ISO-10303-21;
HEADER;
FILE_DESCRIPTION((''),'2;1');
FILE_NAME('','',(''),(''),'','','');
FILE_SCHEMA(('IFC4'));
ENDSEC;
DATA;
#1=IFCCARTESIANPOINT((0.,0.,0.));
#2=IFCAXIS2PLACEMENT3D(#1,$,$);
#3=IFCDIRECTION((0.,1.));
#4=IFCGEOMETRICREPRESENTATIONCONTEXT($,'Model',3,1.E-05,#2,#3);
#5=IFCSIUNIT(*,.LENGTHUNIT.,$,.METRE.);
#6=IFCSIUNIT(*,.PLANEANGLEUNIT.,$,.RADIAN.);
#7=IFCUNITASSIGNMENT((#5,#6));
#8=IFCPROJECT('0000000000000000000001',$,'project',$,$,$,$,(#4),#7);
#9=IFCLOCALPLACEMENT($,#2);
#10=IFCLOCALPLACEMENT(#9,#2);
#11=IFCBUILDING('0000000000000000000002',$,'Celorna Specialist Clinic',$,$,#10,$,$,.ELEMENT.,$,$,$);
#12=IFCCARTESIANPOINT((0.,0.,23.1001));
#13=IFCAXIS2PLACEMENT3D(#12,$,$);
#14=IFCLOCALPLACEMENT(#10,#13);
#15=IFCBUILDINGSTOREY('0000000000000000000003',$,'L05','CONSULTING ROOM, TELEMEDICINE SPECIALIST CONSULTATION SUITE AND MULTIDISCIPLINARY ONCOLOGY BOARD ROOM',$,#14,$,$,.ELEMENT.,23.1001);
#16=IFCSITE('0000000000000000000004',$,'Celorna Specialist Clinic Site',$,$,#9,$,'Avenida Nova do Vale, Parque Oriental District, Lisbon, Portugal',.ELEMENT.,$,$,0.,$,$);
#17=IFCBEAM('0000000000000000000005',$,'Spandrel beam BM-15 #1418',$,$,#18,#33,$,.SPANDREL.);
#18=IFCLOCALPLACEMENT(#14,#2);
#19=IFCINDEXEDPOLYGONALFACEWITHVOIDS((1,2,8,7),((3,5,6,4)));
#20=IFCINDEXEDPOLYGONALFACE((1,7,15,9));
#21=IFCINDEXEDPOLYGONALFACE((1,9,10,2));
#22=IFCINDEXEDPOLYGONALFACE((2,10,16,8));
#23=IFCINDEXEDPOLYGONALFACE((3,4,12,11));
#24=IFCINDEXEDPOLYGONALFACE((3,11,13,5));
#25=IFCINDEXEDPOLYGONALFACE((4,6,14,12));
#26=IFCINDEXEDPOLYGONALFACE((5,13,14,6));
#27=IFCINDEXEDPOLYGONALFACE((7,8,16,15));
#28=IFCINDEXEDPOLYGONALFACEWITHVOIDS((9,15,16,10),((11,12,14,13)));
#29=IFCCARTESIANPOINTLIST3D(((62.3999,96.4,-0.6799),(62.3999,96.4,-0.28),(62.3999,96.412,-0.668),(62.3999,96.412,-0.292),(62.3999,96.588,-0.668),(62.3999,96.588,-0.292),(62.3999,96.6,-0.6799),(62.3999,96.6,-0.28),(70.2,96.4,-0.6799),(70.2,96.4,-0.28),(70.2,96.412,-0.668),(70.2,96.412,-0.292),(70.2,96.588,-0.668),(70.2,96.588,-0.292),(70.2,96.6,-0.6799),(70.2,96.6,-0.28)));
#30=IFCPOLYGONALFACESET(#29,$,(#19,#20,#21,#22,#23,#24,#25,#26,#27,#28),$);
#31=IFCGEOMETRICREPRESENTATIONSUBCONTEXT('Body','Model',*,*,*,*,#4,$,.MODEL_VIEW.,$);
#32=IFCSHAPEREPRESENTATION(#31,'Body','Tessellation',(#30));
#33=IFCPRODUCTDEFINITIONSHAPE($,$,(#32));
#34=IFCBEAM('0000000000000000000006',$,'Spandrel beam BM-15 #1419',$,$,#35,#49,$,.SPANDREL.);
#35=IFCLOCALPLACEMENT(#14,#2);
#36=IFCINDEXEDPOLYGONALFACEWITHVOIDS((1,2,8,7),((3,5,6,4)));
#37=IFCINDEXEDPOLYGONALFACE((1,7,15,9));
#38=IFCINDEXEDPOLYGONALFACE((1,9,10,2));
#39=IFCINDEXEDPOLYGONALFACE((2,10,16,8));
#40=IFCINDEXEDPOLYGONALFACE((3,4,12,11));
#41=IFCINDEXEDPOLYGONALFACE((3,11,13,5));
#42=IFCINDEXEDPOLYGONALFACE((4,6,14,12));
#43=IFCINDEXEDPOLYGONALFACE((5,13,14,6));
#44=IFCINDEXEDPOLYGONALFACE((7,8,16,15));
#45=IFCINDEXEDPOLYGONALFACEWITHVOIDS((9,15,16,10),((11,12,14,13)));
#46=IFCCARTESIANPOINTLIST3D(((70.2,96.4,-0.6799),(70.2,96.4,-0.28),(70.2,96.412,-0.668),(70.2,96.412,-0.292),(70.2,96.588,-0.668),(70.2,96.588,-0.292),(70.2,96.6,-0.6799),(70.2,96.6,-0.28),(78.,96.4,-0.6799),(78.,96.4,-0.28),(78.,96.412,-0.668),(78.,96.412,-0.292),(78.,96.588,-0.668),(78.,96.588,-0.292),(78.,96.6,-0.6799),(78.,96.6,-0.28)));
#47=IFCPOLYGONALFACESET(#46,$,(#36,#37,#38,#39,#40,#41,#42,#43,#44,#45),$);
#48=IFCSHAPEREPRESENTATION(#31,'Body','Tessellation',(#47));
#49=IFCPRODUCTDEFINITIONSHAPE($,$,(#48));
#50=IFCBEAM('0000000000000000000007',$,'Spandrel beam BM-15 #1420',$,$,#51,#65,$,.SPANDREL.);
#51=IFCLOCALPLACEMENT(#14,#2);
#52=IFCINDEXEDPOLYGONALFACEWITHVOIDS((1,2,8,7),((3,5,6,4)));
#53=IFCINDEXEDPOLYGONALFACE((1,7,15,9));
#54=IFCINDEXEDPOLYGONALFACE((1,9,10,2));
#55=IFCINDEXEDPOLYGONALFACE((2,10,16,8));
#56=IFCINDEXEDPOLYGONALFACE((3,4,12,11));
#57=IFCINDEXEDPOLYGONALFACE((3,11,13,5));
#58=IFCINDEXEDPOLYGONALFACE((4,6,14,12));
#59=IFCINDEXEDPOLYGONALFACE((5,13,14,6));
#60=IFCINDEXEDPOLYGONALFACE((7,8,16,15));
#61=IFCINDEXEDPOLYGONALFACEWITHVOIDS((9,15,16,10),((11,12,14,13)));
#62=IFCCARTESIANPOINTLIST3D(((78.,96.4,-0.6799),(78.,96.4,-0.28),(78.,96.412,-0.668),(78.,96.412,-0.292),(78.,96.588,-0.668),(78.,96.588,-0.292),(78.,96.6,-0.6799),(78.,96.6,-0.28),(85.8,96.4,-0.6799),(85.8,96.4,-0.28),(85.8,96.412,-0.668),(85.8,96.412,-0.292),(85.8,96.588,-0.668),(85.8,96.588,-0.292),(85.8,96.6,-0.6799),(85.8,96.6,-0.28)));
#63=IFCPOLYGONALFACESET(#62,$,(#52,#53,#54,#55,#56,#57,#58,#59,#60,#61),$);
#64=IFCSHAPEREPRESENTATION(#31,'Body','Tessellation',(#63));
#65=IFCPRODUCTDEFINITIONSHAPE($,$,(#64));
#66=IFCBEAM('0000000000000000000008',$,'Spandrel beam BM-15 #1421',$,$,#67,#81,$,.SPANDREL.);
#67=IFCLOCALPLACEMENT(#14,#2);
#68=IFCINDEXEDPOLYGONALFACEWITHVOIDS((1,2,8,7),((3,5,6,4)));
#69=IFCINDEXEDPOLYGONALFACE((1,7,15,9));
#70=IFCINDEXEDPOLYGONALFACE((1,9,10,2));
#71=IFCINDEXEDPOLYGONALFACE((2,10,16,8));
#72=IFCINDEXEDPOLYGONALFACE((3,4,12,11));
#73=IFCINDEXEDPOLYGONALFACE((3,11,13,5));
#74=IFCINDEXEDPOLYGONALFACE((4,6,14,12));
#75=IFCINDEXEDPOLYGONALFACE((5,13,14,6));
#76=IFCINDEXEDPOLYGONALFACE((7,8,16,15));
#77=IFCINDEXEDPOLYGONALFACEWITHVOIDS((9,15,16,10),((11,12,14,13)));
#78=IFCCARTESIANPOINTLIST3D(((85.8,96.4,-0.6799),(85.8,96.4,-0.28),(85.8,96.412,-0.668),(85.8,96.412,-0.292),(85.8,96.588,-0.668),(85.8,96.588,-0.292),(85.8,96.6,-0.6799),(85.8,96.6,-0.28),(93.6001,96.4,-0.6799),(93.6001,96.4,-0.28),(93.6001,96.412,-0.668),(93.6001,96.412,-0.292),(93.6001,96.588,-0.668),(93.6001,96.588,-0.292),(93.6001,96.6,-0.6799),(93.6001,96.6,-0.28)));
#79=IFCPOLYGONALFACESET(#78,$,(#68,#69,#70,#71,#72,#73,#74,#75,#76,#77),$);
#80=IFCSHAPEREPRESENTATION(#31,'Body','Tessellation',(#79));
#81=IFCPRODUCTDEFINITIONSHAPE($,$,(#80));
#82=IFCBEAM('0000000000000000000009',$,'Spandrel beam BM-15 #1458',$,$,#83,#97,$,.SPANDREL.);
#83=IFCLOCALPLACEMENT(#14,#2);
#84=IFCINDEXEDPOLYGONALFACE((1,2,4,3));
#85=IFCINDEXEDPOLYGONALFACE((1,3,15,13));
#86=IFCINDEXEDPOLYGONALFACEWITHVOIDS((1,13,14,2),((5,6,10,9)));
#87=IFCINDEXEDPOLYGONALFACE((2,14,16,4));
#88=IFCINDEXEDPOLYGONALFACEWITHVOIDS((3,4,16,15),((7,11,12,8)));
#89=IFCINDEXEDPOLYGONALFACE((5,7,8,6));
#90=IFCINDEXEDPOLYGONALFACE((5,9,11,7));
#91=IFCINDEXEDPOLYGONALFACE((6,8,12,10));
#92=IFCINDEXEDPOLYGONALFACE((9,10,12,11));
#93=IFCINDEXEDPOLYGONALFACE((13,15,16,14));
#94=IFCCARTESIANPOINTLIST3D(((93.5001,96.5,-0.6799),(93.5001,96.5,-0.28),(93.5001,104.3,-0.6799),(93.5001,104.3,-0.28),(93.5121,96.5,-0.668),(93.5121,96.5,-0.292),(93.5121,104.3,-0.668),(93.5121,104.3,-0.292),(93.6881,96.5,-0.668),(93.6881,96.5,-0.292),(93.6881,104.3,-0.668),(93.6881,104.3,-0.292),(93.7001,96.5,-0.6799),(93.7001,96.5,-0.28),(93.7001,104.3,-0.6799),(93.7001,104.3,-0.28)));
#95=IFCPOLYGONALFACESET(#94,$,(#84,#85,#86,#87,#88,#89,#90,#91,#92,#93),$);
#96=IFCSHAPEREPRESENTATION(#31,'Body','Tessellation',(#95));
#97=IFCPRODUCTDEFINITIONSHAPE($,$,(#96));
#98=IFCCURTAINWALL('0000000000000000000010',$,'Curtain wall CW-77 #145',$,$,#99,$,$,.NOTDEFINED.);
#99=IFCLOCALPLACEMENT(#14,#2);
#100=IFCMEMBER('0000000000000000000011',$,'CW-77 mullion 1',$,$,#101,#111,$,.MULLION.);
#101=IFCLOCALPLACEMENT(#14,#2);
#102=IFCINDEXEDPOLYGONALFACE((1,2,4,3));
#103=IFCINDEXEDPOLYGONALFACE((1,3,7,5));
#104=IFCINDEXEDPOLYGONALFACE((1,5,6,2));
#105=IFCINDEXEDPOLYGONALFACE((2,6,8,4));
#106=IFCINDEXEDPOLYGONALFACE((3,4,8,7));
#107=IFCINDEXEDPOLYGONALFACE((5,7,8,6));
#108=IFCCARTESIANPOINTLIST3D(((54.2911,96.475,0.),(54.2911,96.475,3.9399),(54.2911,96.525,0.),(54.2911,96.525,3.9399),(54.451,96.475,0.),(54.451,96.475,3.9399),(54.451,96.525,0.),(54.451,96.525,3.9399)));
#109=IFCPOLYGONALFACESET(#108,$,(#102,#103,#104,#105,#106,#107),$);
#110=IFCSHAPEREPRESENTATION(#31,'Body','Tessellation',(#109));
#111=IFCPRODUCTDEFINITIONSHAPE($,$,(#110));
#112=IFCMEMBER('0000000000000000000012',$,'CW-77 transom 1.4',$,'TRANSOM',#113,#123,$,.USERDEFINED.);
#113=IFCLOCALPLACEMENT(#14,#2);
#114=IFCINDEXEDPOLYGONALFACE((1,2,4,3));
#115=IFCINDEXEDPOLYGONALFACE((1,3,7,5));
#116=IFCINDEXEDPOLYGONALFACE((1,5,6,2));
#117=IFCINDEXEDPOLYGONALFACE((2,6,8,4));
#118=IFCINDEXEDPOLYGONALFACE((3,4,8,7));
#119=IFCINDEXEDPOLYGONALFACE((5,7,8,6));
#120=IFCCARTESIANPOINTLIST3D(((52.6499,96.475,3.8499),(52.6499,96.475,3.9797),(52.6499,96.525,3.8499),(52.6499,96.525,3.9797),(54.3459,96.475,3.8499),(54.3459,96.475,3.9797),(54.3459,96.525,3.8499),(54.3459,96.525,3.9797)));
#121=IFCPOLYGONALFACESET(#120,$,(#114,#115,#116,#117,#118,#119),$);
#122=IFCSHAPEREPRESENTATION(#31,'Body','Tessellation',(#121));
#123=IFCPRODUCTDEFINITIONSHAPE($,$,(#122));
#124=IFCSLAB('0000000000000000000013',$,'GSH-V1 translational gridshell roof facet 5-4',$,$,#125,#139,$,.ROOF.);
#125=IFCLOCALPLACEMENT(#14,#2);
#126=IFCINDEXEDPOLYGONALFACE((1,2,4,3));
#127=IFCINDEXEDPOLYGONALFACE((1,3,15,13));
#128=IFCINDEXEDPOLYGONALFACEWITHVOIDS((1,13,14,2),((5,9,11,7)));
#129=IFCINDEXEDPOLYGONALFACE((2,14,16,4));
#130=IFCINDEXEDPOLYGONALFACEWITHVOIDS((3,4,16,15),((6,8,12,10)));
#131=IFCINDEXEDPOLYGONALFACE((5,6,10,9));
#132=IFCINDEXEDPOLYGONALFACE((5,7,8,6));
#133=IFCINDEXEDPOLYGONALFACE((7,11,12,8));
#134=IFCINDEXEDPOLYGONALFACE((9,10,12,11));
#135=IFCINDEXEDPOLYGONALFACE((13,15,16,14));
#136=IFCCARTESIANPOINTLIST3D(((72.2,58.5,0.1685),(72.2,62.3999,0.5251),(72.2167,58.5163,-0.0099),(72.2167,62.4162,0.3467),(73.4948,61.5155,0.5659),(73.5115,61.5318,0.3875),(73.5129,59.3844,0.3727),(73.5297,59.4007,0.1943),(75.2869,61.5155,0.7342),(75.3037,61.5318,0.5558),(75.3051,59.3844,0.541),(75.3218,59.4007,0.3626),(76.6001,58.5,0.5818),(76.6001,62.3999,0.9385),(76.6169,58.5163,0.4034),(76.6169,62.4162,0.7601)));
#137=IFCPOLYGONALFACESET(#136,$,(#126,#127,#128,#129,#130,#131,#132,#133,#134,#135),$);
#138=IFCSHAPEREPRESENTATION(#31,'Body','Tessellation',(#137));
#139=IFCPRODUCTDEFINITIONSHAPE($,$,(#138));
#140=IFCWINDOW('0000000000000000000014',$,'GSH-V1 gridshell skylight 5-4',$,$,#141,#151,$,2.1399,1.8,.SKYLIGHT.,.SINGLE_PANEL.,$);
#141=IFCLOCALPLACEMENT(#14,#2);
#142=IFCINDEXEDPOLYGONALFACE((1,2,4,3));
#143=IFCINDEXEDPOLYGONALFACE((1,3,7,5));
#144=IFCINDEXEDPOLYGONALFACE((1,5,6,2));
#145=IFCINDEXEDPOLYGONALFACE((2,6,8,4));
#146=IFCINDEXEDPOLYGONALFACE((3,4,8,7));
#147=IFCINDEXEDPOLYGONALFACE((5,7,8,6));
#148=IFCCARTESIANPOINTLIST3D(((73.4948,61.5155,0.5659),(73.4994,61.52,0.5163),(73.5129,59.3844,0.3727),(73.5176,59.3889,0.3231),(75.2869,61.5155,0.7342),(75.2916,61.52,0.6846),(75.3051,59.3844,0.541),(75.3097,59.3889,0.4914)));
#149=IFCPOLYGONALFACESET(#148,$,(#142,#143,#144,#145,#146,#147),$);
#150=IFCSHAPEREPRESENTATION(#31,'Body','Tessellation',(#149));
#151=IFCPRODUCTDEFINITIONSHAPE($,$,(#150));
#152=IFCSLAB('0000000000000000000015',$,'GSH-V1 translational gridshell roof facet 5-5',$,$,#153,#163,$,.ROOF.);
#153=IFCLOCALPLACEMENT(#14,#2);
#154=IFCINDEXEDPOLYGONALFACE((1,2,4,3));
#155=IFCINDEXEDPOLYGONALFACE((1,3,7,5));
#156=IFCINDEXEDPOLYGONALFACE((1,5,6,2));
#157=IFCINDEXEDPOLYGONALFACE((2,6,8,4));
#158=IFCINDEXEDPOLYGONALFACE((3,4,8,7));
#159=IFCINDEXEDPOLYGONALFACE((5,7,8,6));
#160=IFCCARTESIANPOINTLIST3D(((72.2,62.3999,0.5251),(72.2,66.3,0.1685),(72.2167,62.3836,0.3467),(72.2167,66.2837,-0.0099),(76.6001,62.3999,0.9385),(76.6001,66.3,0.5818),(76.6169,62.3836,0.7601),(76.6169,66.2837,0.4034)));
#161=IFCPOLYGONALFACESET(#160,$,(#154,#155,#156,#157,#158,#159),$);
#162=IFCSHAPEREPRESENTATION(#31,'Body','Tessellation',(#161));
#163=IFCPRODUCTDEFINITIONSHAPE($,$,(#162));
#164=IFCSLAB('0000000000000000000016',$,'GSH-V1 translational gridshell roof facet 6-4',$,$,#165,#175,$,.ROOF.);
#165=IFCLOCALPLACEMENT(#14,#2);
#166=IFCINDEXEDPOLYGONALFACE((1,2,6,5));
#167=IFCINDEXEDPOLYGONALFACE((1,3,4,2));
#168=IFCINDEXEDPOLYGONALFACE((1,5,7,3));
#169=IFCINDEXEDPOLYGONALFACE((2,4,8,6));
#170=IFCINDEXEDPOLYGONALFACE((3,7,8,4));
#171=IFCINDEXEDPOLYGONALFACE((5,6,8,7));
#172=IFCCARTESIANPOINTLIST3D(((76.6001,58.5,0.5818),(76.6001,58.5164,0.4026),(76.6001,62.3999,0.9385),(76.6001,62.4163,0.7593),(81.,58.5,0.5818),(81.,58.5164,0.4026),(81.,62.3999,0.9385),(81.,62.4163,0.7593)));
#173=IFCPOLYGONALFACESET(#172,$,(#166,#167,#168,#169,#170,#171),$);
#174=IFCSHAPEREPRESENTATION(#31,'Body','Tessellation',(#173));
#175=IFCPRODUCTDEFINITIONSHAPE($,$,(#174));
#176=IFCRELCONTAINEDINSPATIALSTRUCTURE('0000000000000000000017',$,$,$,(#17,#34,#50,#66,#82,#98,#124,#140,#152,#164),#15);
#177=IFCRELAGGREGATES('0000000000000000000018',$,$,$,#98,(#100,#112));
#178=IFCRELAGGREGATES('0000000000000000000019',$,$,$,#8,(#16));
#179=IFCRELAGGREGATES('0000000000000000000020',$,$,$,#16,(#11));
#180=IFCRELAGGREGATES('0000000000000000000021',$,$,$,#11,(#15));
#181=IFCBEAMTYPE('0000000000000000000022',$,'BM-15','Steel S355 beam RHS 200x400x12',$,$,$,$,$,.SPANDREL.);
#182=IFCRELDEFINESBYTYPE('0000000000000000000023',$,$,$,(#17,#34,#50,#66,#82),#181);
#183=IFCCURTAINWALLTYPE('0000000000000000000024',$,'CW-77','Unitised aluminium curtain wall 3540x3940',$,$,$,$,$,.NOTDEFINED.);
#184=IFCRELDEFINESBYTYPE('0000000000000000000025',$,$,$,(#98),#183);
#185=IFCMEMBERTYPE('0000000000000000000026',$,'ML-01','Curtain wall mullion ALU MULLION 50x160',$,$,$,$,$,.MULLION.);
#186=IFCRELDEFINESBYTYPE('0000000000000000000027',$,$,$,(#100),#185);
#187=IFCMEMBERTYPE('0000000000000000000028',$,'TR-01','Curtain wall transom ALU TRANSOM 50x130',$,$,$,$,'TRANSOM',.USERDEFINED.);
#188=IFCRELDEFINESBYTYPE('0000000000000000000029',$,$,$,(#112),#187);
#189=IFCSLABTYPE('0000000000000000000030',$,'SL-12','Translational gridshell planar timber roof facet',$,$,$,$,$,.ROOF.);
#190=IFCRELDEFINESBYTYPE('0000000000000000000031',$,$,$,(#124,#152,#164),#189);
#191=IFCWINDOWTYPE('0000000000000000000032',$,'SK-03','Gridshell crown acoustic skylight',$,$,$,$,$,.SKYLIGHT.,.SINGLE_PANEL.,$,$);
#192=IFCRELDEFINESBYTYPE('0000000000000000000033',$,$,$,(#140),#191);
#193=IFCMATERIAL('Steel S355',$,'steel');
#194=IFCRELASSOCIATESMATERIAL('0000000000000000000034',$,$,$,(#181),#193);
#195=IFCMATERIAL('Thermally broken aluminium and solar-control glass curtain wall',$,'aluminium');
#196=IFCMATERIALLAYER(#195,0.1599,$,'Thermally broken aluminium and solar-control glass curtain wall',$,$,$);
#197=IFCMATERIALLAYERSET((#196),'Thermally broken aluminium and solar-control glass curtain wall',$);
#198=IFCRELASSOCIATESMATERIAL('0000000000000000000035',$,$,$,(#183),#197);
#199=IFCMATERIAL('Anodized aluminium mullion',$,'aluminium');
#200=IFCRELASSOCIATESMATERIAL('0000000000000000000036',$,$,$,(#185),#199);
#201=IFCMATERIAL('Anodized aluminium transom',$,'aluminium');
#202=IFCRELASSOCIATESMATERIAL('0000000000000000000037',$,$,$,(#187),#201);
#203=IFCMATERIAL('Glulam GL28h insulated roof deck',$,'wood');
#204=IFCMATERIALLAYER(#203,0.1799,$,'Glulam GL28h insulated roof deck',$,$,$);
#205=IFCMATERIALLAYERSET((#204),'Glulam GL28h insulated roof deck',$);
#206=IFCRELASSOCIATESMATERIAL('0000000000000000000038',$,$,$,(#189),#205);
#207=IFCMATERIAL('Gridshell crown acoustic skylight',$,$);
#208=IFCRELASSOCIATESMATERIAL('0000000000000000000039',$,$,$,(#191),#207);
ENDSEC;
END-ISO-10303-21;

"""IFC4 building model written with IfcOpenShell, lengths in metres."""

from ifc_helpers import new_model, si_unit, direction, frame, origin, origin_2d, place, context, subcontext, project, spatial, polyline, rectangle, hollow_rectangle, outline, extrude, material, layer, layer_set, material_profile, profile_set, type_object, element, fill, aggregate, save


model = new_model("IFC4")

# Units and contexts
model_context = context("Model", 3, precision=1e-05, world=origin(), true_north=direction((0.0, 1.0)))
body_context = subcontext(model_context, "Body", "Model", "MODEL_VIEW")
ifc_project = project(units=[si_unit("LENGTHUNIT", "METRE"), si_unit("PLANEANGLEUNIT", "RADIAN")], contexts=[model_context])

# Site, building, storey
site_placement = place(None, origin())
site = spatial("IfcSite", under=ifc_project, at=site_placement, Name="Celorna Specialist Clinic Site", LongName="Avenida Nova do Vale, Parque Oriental District, Lisbon, Portugal", CompositionType="ELEMENT", RefElevation=0.0)
building_placement = place(site_placement, origin())
building = spatial("IfcBuilding", under=site, at=building_placement, Name="Celorna Specialist Clinic", CompositionType="ELEMENT")
storey_placement = place(building_placement, frame((0.0, 0.0, 23.1001)))
storey = spatial("IfcBuildingStorey", under=building, at=storey_placement, Name="L05", Description="CONSULTING ROOM, TELEMEDICINE SPECIALIST CONSULTATION SUITE AND MULTIDISCIPLINARY ONCOLOGY BOARD ROOM", CompositionType="ELEMENT", Elevation=23.1001)

# Beams
ifc_material_1 = material(Name="Steel S355", Category="steel")
ifc_material_profile_1 = material_profile(ifc_material_1, hollow_rectangle(XDim=0.2, YDim=0.3999, WallThickness=0.012, at=origin_2d()), Name="RHS 200x400x12")
ifc_profile_set_1 = profile_set([ifc_material_profile_1], Name="Steel S355")
beam_type_1 = type_object("IfcBeamType", Name="BM-15", Description="Steel S355 beam RHS 200x400x12", PredefinedType="SPANDREL", material=ifc_profile_set_1)
for number, where, z_axis, x_axis, name in (
    (1, (62.3999, 96.5, -0.48), (1.0, 0.0, 0.0), (0.0, 1.0, 0.0), "Spandrel beam BM-15 #1418"),
    (2, (70.2, 96.5, -0.48), (1.0, 0.0, 0.0), (0.0, 1.0, 0.0), "Spandrel beam BM-15 #1419"),
    (3, (78.0, 96.5, -0.48), (1.0, 0.0, 0.0), (0.0, 1.0, 0.0), "Spandrel beam BM-15 #1420"),
    (4, (85.8, 96.5, -0.48), (1.0, 0.0, 0.0), (0.0, 1.0, 0.0), "Spandrel beam BM-15 #1421"),
    (5, (93.6001, 96.5, -0.48), (0.0, 1.0, 0.0), (-1.0, 0.0, 0.0), "Spandrel beam BM-15 #1458"),
):
    element("IfcBeam", number, at=place(storey_placement, frame(where, z_axis=z_axis, x_axis=x_axis)), inside=storey, type_object=beam_type_1, Name=name, PredefinedType="SPANDREL", context=body_context, shape_type="SweptSolid", body=[
        extrude(hollow_rectangle(XDim=0.2, YDim=0.3999, WallThickness=0.012, at=origin_2d()), origin(), (0.0, 0.0, 1.0), 7.8),
    ])

# Curtain wall, members
ifc_material_2 = material(Name="Thermally broken aluminium and solar-control glass curtain wall", Category="aluminium")
ifc_layer_1 = layer(ifc_material_2, 0.1599, Name="Thermally broken aluminium and solar-control glass curtain wall")
ifc_layer_set_1 = layer_set([ifc_layer_1], Name="Thermally broken aluminium and solar-control glass curtain wall")
curtain_wall_type = type_object("IfcCurtainWallType", Name="CW-77", Description="Unitised aluminium curtain wall 3540x3940", PredefinedType="NOTDEFINED", material=ifc_layer_set_1)
curtain_wall_placement = place(storey_placement, origin())
curtain_wall = element("IfcCurtainWall", 6, at=curtain_wall_placement, inside=storey, type_object=curtain_wall_type, Name="Curtain wall CW-77 #145", PredefinedType="NOTDEFINED")
ifc_material_3 = material(Name="Anodized aluminium mullion", Category="aluminium")
ifc_material_profile_2 = material_profile(ifc_material_3, rectangle(XDim=0.05, YDim=0.1599, at=origin_2d()), Name="ALU MULLION 50x160")
ifc_profile_set_2 = profile_set([ifc_material_profile_2], Name="Anodized aluminium mullion")
member_type_1 = type_object("IfcMemberType", Name="ML-01", Description="Curtain wall mullion ALU MULLION 50x160", PredefinedType="MULLION", material=ifc_profile_set_2)
member_1_placement = place(storey_placement, frame((54.3711, 96.5, 0.0), z_axis=(0.0, 0.0, 1.0), x_axis=(0.0, -1.0, 0.0)))
member_1 = element("IfcMember", 7, at=member_1_placement, type_object=member_type_1, Name="CW-77 mullion 1", PredefinedType="MULLION", context=body_context, shape_type="SweptSolid", body=[
    extrude(rectangle(XDim=0.05, YDim=0.1599, at=origin_2d()), origin(), (0.0, 0.0, 1.0), 3.9399),
])
ifc_material_4 = material(Name="Anodized aluminium transom", Category="aluminium")
ifc_material_profile_3 = material_profile(ifc_material_4, rectangle(XDim=0.05, YDim=0.1299, at=origin_2d()), Name="ALU TRANSOM 50x130")
ifc_profile_set_3 = profile_set([ifc_material_profile_3], Name="Anodized aluminium transom")
member_type_2 = type_object("IfcMemberType", Name="TR-01", Description="Curtain wall transom ALU TRANSOM 50x130", ElementType="TRANSOM", PredefinedType="USERDEFINED", material=ifc_profile_set_3)
member_2_placement = place(storey_placement, frame((54.3459, 96.5, 3.9148), z_axis=(-1.0, 0.0, 0.0), x_axis=(0.0, -1.0, 0.0)))
member_2 = element("IfcMember", 8, at=member_2_placement, type_object=member_type_2, Name="CW-77 transom 1.4", ObjectType="TRANSOM", PredefinedType="USERDEFINED", context=body_context, shape_type="SweptSolid", body=[
    extrude(rectangle(XDim=0.05, YDim=0.1299, at=origin_2d()), origin(), (0.0, 0.0, 1.0), 1.696),
])
aggregate(curtain_wall, [member_1, member_2])

# Slab, opening, window
ifc_material_5 = material(Name="Glulam GL28h insulated roof deck", Category="wood")
ifc_layer_2 = layer(ifc_material_5, 0.1799, Name="Glulam GL28h insulated roof deck")
ifc_layer_set_2 = layer_set([ifc_layer_2], Name="Glulam GL28h insulated roof deck")
slab_type = type_object("IfcSlabType", Name="SL-12", Description="Translational gridshell planar timber roof facet", PredefinedType="ROOF", material=ifc_layer_set_2)
slab_1_placement = place(storey_placement, frame((72.2, 58.5, 0.1685), z_axis=(-0.093138, -0.090685, 0.991515), x_axis=(0.995617, 0.0, 0.093524)))
slab_1 = element("IfcSlab", 9, at=slab_1_placement, inside=storey, type_object=slab_type, Name="GSH-V1 translational gridshell roof facet 5-4", PredefinedType="ROOF", context=body_context, shape_type="SweptSolid", body=[
    extrude(outline(polyline([(0.0, 0.0), (4.4195, 0.0), (4.4529, 3.916), (0.0334, 3.916), (0.0, 0.0)])), origin(), (0.0, 0.0, -1.0), 0.1799),
])
opening_1_placement = place(slab_1_placement, frame((2.2263, 1.958, 0.01)))
opening_1 = element("IfcOpeningElement", 10, at=opening_1_placement, cuts=slab_1, PredefinedType="OPENING", context=body_context, shape_type="SweptSolid", body=[
    extrude(rectangle(XDim=1.8, YDim=2.1399, at=origin_2d()), origin(), (0.0, 0.0, -1.0), 0.2),
])
ifc_material_6 = material(Name="Gridshell crown acoustic skylight")
window_type = type_object("IfcWindowType", Name="SK-03", Description="Gridshell crown acoustic skylight", PartitioningType="SINGLE_PANEL", PredefinedType="SKYLIGHT", material=ifc_material_6)
window_1_placement = place(opening_1_placement, frame((0.0, 0.0, -0.01)))
window_1 = element("IfcWindow", 11, at=window_1_placement, inside=storey, type_object=window_type, Name="GSH-V1 gridshell skylight 5-4", OverallHeight=2.1399, OverallWidth=1.8, PartitioningType="SINGLE_PANEL", PredefinedType="SKYLIGHT", context=body_context, shape_type="SweptSolid", body=[
    extrude(rectangle(XDim=1.8, YDim=2.1399, at=origin_2d()), origin(), (0.0, 0.0, -1.0), 0.05),
])
fill(opening_1, window_1)

# Slabs
slab_2_placement = place(storey_placement, frame((72.2, 62.3999, 0.5251), z_axis=(-0.093139, 0.090679, 0.991515), x_axis=(0.995617, 0.0, 0.093524)))
element("IfcSlab", 12, at=slab_2_placement, inside=storey, type_object=slab_type, Name="GSH-V1 translational gridshell roof facet 5-5", PredefinedType="ROOF", context=body_context, shape_type="SweptSolid", body=[
    extrude(outline(polyline([(0.0, 0.0), (4.4195, 0.0), (4.3862, 3.9163), (-0.0334, 3.9163), (0.0, 0.0)])), origin(), (0.0, 0.0, -1.0), 0.1799),
])
slab_3_placement = place(storey_placement, frame((76.6001, 58.5, 0.5818), z_axis=(0.0, -0.091081, 0.995843), x_axis=(1.0, 0.0, 0.0)))
element("IfcSlab", 13, at=slab_3_placement, inside=storey, type_object=slab_type, Name="GSH-V1 translational gridshell roof facet 6-4", PredefinedType="ROOF", context=body_context, shape_type="SweptSolid", body=[
    extrude(outline(polyline([(0.0, 0.0), (4.3999, 0.0), (4.3999, 3.9162), (0.0, 3.9162), (0.0, 0.0)])), origin(), (0.0, 0.0, -1.0), 0.1799),
])

save(model, "model.ifc")
